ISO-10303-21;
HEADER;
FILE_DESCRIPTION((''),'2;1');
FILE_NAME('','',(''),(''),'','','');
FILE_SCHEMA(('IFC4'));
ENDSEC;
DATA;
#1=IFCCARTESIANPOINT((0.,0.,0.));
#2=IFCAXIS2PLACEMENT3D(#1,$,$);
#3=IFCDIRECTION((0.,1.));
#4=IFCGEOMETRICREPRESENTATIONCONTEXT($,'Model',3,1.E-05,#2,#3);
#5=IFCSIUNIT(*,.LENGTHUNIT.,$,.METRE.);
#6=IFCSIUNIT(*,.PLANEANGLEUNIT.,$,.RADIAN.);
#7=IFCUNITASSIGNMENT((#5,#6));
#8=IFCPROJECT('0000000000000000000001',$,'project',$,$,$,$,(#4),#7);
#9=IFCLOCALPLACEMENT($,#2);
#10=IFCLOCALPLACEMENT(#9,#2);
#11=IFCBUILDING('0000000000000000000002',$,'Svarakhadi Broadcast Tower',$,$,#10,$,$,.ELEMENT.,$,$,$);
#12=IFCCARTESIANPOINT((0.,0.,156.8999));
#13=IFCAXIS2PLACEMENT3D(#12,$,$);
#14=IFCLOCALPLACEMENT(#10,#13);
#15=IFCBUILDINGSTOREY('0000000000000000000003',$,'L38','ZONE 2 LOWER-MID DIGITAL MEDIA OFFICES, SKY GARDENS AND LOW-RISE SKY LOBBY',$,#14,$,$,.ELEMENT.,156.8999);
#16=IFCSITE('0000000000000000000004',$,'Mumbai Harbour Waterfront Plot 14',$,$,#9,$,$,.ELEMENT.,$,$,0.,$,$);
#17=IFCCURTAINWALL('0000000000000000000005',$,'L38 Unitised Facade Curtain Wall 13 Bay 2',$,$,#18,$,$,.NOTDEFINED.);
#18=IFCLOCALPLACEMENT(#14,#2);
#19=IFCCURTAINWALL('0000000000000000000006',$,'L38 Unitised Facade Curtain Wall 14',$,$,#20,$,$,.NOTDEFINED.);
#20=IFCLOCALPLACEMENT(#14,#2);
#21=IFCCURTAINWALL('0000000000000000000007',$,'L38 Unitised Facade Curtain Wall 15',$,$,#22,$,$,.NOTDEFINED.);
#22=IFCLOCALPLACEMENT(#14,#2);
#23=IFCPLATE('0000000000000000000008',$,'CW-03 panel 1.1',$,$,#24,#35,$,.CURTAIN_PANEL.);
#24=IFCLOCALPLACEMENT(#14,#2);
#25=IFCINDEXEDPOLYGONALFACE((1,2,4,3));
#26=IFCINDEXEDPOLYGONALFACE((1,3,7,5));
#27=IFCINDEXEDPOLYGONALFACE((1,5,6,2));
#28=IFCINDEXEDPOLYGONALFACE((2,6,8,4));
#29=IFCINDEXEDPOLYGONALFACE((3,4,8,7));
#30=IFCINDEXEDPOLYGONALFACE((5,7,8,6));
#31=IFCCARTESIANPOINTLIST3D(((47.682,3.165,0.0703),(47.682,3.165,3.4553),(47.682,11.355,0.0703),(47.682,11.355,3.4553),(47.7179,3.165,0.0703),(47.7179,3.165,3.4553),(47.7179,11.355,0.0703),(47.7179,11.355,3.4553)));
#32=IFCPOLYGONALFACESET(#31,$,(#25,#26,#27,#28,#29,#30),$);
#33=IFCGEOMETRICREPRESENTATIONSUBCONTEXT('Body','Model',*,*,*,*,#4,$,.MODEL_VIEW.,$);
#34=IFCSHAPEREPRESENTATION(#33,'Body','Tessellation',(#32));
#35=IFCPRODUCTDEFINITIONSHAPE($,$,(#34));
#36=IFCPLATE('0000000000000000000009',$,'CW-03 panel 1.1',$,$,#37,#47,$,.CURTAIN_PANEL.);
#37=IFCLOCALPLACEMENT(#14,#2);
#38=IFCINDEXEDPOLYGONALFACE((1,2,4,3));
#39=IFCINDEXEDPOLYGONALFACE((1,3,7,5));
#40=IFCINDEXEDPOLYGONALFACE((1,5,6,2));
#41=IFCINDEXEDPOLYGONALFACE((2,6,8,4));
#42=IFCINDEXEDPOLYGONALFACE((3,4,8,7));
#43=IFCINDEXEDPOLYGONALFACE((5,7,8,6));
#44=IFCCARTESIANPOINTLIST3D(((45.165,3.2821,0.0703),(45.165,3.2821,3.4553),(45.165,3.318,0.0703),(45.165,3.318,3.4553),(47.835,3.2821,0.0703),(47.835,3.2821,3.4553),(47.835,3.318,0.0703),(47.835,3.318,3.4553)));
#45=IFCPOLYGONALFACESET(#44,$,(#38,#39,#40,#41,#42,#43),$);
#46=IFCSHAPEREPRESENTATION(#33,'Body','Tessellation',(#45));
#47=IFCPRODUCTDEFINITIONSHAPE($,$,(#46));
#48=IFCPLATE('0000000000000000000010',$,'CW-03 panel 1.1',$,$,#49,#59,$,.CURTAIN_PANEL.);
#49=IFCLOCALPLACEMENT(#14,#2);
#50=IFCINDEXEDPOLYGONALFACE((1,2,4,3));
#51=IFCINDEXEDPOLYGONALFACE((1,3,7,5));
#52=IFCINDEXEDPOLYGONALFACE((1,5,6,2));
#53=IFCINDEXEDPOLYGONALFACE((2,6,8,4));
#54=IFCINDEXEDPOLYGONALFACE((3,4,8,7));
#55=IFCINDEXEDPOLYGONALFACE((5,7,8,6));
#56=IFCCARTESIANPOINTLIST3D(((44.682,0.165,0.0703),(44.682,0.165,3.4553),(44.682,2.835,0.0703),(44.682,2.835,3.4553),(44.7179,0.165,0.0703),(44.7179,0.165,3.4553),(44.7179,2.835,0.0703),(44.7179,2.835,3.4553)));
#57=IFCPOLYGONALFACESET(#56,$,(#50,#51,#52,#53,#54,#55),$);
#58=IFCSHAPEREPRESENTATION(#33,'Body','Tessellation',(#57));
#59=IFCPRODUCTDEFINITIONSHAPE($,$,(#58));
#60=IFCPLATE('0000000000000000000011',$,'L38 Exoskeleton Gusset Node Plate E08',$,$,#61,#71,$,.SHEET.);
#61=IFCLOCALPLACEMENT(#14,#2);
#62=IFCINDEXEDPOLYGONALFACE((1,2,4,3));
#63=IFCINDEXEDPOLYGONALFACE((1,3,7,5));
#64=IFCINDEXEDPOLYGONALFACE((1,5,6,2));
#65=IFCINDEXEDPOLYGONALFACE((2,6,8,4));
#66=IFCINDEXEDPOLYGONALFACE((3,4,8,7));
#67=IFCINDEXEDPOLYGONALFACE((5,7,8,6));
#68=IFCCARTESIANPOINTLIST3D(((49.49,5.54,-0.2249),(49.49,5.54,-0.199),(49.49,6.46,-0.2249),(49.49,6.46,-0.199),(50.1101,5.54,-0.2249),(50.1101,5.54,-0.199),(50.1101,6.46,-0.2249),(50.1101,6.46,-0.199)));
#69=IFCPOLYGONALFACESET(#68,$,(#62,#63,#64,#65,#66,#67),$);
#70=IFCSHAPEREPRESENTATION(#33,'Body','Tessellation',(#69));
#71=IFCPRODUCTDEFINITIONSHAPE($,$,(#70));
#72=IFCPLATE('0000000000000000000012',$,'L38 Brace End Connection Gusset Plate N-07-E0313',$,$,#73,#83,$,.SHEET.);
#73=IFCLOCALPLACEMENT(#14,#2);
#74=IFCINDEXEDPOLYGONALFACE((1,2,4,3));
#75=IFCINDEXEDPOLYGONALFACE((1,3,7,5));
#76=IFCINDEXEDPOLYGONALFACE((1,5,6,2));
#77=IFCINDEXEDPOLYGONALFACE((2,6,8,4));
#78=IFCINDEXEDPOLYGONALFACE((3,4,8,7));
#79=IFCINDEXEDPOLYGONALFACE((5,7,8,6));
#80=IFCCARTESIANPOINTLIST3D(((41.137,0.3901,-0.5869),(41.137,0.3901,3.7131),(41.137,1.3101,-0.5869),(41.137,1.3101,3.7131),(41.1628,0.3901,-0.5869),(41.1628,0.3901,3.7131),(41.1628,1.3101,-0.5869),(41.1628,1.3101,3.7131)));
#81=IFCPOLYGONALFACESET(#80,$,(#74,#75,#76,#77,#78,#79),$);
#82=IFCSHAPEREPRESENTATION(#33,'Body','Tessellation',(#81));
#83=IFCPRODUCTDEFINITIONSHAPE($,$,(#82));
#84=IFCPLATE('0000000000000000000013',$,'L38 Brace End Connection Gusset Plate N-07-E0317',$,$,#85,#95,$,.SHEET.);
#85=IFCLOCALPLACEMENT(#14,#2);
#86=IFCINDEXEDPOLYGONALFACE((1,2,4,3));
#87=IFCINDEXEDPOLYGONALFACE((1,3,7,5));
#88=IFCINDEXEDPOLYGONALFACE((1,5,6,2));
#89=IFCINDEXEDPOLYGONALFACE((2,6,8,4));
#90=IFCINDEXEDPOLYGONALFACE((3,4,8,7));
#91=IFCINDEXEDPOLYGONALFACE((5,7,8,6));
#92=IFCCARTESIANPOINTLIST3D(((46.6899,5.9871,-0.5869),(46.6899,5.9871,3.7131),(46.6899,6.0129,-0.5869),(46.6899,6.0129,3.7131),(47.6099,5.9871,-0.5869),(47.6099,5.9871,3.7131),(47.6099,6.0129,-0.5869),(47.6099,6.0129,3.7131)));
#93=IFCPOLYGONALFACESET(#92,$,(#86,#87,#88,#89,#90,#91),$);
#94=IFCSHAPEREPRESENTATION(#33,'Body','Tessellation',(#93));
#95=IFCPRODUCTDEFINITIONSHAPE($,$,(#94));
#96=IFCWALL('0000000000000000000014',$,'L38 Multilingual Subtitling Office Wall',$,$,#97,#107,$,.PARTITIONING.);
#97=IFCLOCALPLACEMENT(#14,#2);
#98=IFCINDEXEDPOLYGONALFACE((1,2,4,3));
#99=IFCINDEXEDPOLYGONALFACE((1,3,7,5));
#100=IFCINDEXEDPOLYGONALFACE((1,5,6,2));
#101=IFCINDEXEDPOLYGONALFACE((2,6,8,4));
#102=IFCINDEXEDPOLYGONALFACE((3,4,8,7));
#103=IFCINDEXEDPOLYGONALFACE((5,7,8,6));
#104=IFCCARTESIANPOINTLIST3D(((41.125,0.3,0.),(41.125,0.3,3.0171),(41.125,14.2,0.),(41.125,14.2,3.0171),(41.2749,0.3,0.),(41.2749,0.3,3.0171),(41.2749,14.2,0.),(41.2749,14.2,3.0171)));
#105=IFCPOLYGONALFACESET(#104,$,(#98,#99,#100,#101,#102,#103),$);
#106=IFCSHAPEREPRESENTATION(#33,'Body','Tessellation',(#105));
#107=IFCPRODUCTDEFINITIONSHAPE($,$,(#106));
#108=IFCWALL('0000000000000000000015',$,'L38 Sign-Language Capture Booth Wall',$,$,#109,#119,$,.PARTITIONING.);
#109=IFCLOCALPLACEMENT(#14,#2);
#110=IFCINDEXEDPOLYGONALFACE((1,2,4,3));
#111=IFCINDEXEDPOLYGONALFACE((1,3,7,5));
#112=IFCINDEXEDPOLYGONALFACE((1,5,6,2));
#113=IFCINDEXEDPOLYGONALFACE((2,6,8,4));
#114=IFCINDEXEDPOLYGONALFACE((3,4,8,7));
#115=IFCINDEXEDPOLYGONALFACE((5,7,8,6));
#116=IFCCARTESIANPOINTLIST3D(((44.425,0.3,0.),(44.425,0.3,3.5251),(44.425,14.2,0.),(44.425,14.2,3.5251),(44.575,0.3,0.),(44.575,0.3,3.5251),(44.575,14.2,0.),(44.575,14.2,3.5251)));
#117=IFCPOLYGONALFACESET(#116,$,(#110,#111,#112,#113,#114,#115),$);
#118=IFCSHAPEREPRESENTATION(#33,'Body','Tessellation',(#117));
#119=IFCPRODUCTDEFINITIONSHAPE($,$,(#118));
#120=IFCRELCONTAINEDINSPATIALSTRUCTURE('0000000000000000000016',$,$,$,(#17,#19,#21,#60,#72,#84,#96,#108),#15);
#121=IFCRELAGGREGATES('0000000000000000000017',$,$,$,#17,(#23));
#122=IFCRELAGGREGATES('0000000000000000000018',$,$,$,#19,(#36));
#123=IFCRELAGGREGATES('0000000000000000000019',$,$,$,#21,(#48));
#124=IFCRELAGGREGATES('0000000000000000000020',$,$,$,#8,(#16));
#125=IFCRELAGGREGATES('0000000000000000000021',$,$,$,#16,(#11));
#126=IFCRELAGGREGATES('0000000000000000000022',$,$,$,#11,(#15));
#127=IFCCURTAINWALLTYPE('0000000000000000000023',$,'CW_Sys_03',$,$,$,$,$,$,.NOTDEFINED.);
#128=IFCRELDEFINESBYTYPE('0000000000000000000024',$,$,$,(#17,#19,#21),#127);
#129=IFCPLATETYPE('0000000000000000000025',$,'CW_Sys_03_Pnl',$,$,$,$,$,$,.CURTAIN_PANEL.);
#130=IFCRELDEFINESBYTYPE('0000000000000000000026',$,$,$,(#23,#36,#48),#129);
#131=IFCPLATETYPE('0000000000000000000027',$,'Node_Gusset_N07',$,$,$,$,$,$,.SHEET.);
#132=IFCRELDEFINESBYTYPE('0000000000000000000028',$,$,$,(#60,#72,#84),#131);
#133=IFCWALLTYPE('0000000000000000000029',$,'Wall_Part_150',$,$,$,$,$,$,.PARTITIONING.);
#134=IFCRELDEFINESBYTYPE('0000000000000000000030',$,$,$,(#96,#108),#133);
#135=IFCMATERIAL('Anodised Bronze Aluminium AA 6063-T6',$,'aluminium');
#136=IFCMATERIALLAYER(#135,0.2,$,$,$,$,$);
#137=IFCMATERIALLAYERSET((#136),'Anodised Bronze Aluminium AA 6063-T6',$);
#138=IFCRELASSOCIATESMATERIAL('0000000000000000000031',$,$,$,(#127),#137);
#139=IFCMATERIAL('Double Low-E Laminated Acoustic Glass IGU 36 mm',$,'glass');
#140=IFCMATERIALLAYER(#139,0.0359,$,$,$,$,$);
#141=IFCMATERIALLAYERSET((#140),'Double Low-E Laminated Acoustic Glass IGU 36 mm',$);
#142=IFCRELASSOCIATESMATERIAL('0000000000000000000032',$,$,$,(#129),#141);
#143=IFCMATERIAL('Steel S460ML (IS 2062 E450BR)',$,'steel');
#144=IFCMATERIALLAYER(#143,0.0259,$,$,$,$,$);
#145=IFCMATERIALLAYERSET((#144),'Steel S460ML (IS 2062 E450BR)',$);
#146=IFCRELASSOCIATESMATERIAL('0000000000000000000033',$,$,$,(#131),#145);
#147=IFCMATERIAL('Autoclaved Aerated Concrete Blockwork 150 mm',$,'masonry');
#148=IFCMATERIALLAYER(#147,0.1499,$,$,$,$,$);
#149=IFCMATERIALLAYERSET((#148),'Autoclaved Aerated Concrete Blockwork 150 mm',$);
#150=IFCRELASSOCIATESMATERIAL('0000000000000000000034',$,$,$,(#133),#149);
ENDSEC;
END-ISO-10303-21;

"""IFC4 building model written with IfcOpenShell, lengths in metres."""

from ifc_helpers import new_model, si_unit, direction, frame, frame_2d, origin, origin_2d, place, context, subcontext, project, spatial, rectangle, extrude, material, layer, layer_set, type_object, element, aggregate, save


model = new_model("IFC4")

# Units and contexts
model_context = context("Model", 3, precision=1e-05, world=origin(), true_north=direction((0.0, 1.0)))
body_context = subcontext(model_context, "Body", "Model", "MODEL_VIEW")
ifc_project = project(units=[si_unit("LENGTHUNIT", "METRE"), si_unit("PLANEANGLEUNIT", "RADIAN")], contexts=[model_context])

# Site, building, storey
site_placement = place(None, origin())
site = spatial("IfcSite", under=ifc_project, at=site_placement, Name="Mumbai Harbour Waterfront Plot 14", CompositionType="ELEMENT", RefElevation=0.0)
building_placement = place(site_placement, origin())
building = spatial("IfcBuilding", under=site, at=building_placement, Name="Svarakhadi Broadcast Tower", CompositionType="ELEMENT")
storey_placement = place(building_placement, frame((0.0, 0.0, 156.8999)))
storey = spatial("IfcBuildingStorey", under=building, at=storey_placement, Name="L38", Description="ZONE 2 LOWER-MID DIGITAL MEDIA OFFICES, SKY GARDENS AND LOW-RISE SKY LOBBY", CompositionType="ELEMENT", Elevation=156.8999)

# Shared definitions
ifc_material_1 = material(Name="Steel S460ML (IS 2062 E450BR)", Category="steel")

# Curtain walls
ifc_material_2 = material(Name="Anodised Bronze Aluminium AA 6063-T6", Category="aluminium")
ifc_layer_1 = layer(ifc_material_2, 0.2)
ifc_layer_set_1 = layer_set([ifc_layer_1], Name="Anodised Bronze Aluminium AA 6063-T6")
curtain_wall_type = type_object("IfcCurtainWallType", Name="CW_Sys_03", PredefinedType="NOTDEFINED", material=ifc_layer_set_1)
curtain_wall_1_placement = place(storey_placement, origin())
curtain_wall_1 = element("IfcCurtainWall", 1, at=curtain_wall_1_placement, inside=storey, type_object=curtain_wall_type, Name="L38 Unitised Facade Curtain Wall 13 Bay 2", PredefinedType="NOTDEFINED")
curtain_wall_2_placement = place(storey_placement, origin())
curtain_wall_2 = element("IfcCurtainWall", 2, at=curtain_wall_2_placement, inside=storey, type_object=curtain_wall_type, Name="L38 Unitised Facade Curtain Wall 14", PredefinedType="NOTDEFINED")
curtain_wall_3_placement = place(storey_placement, origin())
curtain_wall_3 = element("IfcCurtainWall", 3, at=curtain_wall_3_placement, inside=storey, type_object=curtain_wall_type, Name="L38 Unitised Facade Curtain Wall 15", PredefinedType="NOTDEFINED")

# Plates
ifc_material_3 = material(Name="Double Low-E Laminated Acoustic Glass IGU 36 mm", Category="glass")
ifc_layer_2 = layer(ifc_material_3, 0.0359)
ifc_layer_set_2 = layer_set([ifc_layer_2], Name="Double Low-E Laminated Acoustic Glass IGU 36 mm")
plate_type_1 = type_object("IfcPlateType", Name="CW_Sys_03_Pnl", PredefinedType="CURTAIN_PANEL", material=ifc_layer_set_2)
plate_1_placement = place(storey_placement, frame((47.7, 7.26, 0.0703), z_axis=(0.0, 0.0, 1.0), x_axis=(0.0, -1.0, 0.0)))
plate_1 = element("IfcPlate", 4, at=plate_1_placement, type_object=plate_type_1, Name="CW-03 panel 1.1", PredefinedType="CURTAIN_PANEL", context=body_context, shape_type="SweptSolid", body=[
    extrude(rectangle(XDim=8.1899, YDim=0.0359, at=origin_2d()), origin(), (0.0, 0.0, 1.0), 3.385),
])
aggregate(curtain_wall_1, [plate_1])
plate_2_placement = place(storey_placement, frame((46.5, 3.3, 0.0703), z_axis=(0.0, 0.0, 1.0), x_axis=(-1.0, 0.0, 0.0)))
plate_2 = element("IfcPlate", 5, at=plate_2_placement, type_object=plate_type_1, Name="CW-03 panel 1.1", PredefinedType="CURTAIN_PANEL", context=body_context, shape_type="SweptSolid", body=[
    extrude(rectangle(XDim=2.6699, YDim=0.0359, at=origin_2d()), origin(), (0.0, 0.0, 1.0), 3.385),
])
aggregate(curtain_wall_2, [plate_2])
plate_3_placement = place(storey_placement, frame((44.7, 1.5, 0.0703), z_axis=(0.0, 0.0, 1.0), x_axis=(0.0, -1.0, 0.0)))
plate_3 = element("IfcPlate", 6, at=plate_3_placement, type_object=plate_type_1, Name="CW-03 panel 1.1", PredefinedType="CURTAIN_PANEL", context=body_context, shape_type="SweptSolid", body=[
    extrude(rectangle(XDim=2.6699, YDim=0.0359, at=origin_2d()), origin(), (0.0, 0.0, 1.0), 3.385),
])
aggregate(curtain_wall_3, [plate_3])

# Plates
ifc_layer_3 = layer(ifc_material_1, 0.0259)
ifc_layer_set_3 = layer_set([ifc_layer_3], Name="Steel S460ML (IS 2062 E450BR)")
plate_type_2 = type_object("IfcPlateType", Name="Node_Gusset_N07", PredefinedType="SHEET", material=ifc_layer_set_3)
plate_4_placement = place(storey_placement, frame((49.8, 6.0, -0.2249), z_axis=(0.0, 0.0, 1.0), x_axis=(0.0, 1.0, 0.0)))
element("IfcPlate", 7, at=plate_4_placement, inside=storey, type_object=plate_type_2, Name="L38 Exoskeleton Gusset Node Plate E08", PredefinedType="SHEET", context=body_context, shape_type="SweptSolid", body=[
    extrude(rectangle(XDim=0.9199, YDim=0.6201, at=origin_2d()), origin(), (0.0, 0.0, 1.0), 0.0259),
])
for number, where, z_axis, x_axis, name in (
    (8, (41.1499, 0.8501, -0.5869), (0.0, 0.0, 1.0), (0.0, 1.0, 0.0), "L38 Brace End Connection Gusset Plate N-07-E0313"),
    (9, (47.1499, 6.0, -0.5869), (0.0, 0.0, 1.0), (1.0, 0.0, 0.0), "L38 Brace End Connection Gusset Plate N-07-E0317"),
):
    element("IfcPlate", number, at=place(storey_placement, frame(where, z_axis=z_axis, x_axis=x_axis)), inside=storey, type_object=plate_type_2, Name=name, PredefinedType="SHEET", context=body_context, shape_type="SweptSolid", body=[
        extrude(rectangle(XDim=0.9199, YDim=0.0259, at=origin_2d()), origin(), (0.0, 0.0, 1.0), 4.3),
    ])

# Walls
ifc_material_4 = material(Name="Autoclaved Aerated Concrete Blockwork 150 mm", Category="masonry")
ifc_layer_4 = layer(ifc_material_4, 0.1499)
ifc_layer_set_4 = layer_set([ifc_layer_4], Name="Autoclaved Aerated Concrete Blockwork 150 mm")
wall_type = type_object("IfcWallType", Name="Wall_Part_150", PredefinedType="PARTITIONING", material=ifc_layer_set_4)
wall_1_placement = place(storey_placement, frame((41.2, 0.3, 0.0), z_axis=(0.0, 0.0, 1.0), x_axis=(0.0, 1.0, 0.0)))
element("IfcWall", 10, at=wall_1_placement, inside=storey, type_object=wall_type, Name="L38 Multilingual Subtitling Office Wall", PredefinedType="PARTITIONING", context=body_context, shape_type="SweptSolid", body=[
    extrude(rectangle(XDim=13.8999, YDim=0.1499, at=frame_2d((6.95, 0.0))), origin(), (0.0, 0.0, 1.0), 3.0171),
])
wall_2_placement = place(storey_placement, frame((44.5, 0.3, 0.0), z_axis=(0.0, 0.0, 1.0), x_axis=(0.0, 1.0, 0.0)))
element("IfcWall", 11, at=wall_2_placement, inside=storey, type_object=wall_type, Name="L38 Sign-Language Capture Booth Wall", PredefinedType="PARTITIONING", context=body_context, shape_type="SweptSolid", body=[
    extrude(rectangle(XDim=13.8999, YDim=0.1499, at=frame_2d((6.95, 0.0))), origin(), (0.0, 0.0, 1.0), 3.5251),
])

save(model, "model.ifc")
